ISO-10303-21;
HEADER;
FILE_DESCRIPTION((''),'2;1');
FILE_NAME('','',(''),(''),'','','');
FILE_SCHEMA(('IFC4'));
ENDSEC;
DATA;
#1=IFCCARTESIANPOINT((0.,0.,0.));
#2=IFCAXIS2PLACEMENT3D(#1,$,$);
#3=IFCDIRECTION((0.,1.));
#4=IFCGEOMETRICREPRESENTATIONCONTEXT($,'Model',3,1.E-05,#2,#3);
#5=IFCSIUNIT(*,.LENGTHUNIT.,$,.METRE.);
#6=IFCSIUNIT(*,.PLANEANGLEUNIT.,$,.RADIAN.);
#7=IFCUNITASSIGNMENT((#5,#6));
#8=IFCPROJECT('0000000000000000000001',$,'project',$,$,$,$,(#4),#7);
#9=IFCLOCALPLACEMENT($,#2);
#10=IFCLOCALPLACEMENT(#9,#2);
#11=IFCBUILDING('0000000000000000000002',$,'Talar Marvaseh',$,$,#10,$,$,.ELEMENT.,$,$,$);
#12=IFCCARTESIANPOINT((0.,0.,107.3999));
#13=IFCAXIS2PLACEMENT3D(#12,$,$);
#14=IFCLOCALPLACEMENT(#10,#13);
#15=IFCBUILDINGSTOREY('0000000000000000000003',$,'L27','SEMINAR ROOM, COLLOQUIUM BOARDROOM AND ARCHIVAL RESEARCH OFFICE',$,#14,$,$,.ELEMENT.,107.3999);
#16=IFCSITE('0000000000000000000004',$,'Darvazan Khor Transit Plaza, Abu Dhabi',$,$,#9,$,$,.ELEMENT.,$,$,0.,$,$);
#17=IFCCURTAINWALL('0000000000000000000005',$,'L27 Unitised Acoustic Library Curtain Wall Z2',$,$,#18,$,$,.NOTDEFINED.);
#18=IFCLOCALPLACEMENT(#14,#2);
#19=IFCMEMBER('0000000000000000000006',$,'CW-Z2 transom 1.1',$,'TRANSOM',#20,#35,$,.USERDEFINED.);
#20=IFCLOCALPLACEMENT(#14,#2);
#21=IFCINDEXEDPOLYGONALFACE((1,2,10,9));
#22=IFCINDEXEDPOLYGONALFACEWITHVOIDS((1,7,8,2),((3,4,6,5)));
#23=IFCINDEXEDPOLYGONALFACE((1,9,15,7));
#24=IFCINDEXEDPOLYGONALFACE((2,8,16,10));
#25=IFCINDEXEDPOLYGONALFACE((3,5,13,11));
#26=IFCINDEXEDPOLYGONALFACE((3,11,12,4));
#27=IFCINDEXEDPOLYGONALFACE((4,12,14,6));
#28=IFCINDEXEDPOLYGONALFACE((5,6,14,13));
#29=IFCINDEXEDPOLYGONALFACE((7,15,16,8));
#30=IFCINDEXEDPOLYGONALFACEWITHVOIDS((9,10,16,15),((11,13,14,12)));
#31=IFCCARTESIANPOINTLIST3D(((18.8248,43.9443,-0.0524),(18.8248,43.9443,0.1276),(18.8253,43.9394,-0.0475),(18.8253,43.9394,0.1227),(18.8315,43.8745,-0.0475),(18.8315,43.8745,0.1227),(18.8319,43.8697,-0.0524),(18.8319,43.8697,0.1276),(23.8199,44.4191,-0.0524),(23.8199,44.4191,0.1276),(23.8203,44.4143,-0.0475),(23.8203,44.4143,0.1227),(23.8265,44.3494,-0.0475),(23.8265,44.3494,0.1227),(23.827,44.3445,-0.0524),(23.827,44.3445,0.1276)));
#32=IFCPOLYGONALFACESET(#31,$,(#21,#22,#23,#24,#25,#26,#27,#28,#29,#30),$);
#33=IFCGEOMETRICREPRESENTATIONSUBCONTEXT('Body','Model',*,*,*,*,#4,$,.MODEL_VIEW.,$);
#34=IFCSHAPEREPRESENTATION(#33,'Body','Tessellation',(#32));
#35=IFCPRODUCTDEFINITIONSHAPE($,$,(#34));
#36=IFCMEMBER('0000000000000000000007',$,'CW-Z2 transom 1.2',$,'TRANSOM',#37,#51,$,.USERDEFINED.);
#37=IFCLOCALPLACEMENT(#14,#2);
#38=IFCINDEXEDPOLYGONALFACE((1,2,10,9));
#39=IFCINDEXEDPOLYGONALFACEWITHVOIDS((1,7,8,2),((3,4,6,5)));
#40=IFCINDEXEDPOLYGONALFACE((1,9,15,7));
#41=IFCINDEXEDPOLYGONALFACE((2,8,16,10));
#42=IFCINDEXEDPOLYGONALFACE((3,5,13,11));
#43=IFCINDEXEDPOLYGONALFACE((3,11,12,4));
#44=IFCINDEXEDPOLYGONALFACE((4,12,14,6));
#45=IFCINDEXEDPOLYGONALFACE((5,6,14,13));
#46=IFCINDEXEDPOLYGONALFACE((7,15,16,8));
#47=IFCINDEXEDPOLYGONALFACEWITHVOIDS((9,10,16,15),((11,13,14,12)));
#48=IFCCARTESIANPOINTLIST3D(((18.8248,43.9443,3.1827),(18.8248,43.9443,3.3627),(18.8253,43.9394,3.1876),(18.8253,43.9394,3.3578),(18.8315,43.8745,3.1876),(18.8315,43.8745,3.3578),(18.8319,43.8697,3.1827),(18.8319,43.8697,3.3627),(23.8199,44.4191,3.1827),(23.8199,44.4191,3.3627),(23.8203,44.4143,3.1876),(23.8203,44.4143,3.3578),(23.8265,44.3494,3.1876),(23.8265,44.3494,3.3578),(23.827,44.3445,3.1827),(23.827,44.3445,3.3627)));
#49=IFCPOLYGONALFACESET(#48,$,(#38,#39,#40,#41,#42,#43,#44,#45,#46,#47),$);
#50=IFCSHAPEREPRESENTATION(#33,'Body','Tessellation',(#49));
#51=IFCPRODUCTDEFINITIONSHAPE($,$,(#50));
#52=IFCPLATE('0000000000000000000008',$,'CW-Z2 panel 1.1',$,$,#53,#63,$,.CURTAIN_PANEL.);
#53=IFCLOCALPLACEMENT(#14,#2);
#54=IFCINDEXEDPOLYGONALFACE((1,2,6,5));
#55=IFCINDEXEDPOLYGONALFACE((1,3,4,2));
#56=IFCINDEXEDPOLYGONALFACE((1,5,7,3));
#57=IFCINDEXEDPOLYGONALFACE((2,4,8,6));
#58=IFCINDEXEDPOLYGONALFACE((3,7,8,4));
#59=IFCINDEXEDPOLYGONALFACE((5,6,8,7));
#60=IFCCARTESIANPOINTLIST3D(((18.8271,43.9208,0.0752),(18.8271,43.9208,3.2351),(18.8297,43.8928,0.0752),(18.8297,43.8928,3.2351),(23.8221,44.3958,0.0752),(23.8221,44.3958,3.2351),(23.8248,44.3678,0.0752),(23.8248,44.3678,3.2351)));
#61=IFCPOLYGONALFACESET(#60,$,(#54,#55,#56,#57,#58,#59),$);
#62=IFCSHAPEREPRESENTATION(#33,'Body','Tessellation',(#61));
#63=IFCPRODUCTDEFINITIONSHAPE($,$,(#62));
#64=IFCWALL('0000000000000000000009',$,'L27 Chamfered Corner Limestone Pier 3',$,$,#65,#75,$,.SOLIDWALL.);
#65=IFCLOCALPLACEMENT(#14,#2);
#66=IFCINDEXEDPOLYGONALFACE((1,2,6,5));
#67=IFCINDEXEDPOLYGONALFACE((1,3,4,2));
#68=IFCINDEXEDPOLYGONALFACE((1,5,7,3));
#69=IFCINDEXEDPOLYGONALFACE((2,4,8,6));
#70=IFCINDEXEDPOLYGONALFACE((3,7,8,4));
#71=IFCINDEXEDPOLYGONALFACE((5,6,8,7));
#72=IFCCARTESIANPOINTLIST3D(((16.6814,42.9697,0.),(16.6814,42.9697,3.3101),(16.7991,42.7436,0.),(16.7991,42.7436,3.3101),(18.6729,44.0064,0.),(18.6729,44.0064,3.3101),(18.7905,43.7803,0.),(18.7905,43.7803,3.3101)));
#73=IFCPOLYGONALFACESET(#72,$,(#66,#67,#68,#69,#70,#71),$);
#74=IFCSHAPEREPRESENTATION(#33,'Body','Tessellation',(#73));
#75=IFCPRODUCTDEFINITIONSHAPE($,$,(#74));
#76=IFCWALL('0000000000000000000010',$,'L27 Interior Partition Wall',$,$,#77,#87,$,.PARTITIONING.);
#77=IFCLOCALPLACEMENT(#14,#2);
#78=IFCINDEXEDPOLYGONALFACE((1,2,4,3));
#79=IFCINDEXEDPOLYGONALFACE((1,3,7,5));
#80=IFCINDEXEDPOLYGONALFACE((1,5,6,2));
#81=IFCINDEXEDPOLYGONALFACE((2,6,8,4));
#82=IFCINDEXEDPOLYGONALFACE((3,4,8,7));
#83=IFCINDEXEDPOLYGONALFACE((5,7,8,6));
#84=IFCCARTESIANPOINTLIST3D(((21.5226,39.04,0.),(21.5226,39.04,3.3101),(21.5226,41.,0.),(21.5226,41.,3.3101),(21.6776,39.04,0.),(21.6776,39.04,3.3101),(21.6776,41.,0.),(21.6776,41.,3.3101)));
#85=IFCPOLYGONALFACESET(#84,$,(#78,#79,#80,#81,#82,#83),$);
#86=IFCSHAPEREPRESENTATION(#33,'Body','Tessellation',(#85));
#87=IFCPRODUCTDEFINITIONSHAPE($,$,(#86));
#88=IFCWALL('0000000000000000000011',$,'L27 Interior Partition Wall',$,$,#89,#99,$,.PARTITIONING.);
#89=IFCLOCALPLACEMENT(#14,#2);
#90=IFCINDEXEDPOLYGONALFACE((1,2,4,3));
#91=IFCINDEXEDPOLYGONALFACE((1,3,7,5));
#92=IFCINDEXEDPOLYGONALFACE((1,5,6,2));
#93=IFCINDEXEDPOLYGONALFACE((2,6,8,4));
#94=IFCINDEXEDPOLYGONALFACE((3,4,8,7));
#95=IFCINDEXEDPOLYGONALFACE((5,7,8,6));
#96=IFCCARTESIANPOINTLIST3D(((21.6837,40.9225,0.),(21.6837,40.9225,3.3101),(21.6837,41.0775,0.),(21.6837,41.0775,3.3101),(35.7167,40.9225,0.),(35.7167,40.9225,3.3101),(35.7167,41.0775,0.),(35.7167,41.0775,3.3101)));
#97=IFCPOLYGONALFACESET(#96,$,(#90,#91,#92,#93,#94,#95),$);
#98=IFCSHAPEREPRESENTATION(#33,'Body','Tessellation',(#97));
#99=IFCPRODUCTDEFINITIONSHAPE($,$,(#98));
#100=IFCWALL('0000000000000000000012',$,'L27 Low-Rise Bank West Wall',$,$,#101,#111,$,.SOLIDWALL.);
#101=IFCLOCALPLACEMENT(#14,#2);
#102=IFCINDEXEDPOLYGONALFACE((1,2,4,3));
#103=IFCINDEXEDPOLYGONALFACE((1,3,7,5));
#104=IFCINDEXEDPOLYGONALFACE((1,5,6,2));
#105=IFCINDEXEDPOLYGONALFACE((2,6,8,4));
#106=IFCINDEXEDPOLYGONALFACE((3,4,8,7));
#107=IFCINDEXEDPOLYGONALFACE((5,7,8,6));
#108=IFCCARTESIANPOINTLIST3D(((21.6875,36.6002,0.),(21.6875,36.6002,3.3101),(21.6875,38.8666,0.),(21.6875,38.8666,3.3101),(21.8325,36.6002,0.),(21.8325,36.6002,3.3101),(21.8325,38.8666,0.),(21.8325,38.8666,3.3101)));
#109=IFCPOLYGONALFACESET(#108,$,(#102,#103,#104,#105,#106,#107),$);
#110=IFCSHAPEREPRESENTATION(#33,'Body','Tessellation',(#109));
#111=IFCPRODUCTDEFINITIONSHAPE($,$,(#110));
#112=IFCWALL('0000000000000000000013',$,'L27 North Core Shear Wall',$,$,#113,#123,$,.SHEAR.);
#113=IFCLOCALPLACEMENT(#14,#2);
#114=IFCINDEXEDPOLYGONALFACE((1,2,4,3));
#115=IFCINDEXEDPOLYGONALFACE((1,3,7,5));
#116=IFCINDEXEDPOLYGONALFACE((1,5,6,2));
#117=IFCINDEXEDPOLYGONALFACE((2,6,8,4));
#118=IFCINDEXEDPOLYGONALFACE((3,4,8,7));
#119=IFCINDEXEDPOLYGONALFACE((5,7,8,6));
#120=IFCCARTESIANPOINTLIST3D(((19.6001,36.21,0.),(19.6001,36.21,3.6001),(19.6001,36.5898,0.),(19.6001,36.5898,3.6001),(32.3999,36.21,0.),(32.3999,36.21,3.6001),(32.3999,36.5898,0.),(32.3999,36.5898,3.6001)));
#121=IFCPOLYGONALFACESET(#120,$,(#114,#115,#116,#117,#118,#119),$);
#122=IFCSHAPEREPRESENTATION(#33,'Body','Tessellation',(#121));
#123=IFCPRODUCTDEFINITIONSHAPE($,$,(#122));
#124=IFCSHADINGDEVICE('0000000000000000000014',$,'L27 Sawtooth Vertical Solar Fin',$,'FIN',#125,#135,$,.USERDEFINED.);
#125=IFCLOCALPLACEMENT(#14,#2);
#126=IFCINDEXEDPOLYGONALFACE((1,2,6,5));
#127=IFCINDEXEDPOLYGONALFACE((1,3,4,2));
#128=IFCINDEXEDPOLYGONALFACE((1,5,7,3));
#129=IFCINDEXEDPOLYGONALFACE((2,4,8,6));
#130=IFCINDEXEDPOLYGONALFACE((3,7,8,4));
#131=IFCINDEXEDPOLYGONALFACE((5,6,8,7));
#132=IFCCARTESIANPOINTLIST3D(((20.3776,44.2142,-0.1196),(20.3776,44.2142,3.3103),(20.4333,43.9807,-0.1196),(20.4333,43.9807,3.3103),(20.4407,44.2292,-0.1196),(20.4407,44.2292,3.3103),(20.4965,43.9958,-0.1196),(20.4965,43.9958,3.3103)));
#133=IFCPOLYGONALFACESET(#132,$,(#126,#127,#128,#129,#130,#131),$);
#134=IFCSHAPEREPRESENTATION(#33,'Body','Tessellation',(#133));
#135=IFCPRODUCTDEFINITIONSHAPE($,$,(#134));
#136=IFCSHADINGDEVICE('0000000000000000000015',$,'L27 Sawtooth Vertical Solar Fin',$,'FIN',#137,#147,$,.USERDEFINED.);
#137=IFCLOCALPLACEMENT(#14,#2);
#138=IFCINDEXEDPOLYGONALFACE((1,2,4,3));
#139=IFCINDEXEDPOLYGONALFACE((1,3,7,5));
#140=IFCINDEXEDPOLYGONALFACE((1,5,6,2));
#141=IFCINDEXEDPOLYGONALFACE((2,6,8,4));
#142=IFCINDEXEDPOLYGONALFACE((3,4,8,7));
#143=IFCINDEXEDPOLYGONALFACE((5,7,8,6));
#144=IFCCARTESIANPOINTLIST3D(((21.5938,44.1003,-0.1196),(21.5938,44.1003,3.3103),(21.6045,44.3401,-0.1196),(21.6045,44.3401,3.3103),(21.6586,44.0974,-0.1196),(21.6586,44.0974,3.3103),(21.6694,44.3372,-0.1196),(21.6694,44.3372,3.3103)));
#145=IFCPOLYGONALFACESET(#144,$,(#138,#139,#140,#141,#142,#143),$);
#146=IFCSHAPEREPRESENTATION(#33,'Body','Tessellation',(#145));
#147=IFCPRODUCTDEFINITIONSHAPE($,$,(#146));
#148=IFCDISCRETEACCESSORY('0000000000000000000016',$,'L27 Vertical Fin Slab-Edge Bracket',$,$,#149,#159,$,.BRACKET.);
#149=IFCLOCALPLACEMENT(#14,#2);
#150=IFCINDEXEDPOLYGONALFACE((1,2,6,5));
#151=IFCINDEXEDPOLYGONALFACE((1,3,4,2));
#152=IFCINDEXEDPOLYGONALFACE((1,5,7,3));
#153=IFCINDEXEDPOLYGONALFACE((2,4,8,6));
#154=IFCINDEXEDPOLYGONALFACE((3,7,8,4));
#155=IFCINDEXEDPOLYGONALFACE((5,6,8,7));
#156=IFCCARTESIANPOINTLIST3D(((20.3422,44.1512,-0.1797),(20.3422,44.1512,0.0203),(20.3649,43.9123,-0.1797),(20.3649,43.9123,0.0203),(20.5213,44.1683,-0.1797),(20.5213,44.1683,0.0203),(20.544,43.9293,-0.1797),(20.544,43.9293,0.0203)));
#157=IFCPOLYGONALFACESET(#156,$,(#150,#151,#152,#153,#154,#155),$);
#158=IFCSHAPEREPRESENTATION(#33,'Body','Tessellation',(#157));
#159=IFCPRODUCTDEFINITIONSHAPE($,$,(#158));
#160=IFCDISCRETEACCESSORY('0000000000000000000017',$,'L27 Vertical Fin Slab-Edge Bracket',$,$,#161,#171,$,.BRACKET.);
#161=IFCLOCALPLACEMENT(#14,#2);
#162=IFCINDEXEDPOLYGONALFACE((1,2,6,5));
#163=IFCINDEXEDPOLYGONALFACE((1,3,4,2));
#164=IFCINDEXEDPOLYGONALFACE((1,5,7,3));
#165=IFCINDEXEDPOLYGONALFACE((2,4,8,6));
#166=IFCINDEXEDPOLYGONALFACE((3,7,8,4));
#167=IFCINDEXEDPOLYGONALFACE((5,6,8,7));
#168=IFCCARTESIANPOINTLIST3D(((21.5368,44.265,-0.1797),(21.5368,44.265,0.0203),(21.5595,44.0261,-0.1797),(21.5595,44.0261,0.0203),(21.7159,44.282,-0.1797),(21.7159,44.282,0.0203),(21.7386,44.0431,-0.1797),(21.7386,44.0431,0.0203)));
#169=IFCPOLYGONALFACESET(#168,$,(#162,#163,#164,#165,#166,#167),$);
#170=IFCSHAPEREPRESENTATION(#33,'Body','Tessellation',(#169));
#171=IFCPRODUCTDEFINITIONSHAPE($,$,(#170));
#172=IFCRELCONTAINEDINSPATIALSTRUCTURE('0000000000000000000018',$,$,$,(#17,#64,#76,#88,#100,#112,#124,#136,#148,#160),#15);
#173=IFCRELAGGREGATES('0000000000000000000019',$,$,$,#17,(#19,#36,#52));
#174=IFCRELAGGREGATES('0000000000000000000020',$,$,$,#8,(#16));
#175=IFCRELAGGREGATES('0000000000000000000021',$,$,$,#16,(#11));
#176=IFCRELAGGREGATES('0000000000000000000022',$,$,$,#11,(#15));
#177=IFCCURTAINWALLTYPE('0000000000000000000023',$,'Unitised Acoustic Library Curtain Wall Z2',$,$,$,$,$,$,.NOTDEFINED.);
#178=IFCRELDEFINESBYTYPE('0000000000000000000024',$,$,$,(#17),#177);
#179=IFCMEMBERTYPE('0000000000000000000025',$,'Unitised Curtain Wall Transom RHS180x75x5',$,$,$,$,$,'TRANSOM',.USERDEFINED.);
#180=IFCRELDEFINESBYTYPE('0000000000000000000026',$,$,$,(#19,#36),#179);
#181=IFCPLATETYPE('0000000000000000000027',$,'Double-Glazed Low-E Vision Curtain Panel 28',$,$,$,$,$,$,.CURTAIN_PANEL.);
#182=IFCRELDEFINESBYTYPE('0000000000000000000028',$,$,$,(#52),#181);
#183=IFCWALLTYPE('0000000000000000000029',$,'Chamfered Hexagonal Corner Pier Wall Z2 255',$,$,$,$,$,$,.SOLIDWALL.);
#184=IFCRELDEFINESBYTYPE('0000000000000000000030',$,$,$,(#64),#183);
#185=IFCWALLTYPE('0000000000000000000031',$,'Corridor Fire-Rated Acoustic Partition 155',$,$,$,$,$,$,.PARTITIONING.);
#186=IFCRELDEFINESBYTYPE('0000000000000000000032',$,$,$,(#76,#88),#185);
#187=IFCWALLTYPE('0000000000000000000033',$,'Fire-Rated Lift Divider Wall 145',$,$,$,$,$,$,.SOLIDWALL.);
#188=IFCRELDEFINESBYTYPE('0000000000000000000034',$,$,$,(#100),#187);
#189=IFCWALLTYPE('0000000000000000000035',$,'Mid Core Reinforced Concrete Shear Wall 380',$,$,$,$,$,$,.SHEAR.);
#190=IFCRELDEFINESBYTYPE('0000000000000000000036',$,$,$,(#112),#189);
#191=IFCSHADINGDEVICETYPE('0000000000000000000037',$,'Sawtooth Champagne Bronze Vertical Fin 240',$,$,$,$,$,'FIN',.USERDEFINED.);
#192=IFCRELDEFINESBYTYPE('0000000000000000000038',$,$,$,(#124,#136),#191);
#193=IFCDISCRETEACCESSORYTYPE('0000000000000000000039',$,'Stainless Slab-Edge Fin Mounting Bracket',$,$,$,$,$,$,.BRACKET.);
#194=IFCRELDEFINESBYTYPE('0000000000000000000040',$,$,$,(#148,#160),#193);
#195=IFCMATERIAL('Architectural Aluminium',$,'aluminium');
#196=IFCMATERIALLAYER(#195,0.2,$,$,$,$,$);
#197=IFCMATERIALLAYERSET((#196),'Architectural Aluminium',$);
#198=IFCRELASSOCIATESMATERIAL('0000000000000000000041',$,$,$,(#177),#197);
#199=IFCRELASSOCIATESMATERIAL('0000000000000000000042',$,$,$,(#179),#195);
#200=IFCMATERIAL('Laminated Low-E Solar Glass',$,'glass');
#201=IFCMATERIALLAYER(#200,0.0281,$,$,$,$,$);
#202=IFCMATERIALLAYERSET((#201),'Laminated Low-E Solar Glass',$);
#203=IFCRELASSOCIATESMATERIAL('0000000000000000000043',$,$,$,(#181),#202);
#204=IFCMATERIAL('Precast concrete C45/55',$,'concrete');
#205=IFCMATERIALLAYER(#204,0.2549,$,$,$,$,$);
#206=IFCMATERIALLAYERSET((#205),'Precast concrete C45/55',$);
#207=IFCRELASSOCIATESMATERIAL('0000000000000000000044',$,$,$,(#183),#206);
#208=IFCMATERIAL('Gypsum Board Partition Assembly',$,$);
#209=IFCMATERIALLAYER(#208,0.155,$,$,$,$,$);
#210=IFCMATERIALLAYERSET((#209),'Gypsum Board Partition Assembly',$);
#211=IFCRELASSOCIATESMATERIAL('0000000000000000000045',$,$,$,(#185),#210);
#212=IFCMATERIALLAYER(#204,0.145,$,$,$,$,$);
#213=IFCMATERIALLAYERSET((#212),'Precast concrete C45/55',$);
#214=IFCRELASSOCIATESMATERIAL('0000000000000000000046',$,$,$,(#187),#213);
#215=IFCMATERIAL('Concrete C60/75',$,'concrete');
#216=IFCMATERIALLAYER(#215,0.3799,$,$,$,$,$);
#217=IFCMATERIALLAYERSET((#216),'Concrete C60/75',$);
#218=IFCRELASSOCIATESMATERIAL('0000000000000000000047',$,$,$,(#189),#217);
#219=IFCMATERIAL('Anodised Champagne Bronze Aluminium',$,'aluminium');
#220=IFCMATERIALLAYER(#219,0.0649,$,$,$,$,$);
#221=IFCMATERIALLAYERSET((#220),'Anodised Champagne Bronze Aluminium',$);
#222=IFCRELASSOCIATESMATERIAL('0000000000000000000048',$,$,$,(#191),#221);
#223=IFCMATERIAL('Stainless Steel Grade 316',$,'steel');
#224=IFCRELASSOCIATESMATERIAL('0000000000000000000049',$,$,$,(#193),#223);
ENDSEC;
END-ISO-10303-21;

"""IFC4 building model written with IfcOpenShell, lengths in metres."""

from ifc_helpers import new_model, si_unit, direction, frame, frame_2d, origin, origin_2d, place, context, subcontext, project, spatial, rectangle, hollow_rectangle, extrude, source, transform, mapped, material, layer, layer_set, material_profile, profile_set, type_object, type_shapes, element, aggregate, save


model = new_model("IFC4")

# Units and contexts
model_context = context("Model", 3, precision=1e-05, world=origin(), true_north=direction((0.0, 1.0)))
body_context = subcontext(model_context, "Body", "Model", "MODEL_VIEW")
ifc_project = project(units=[si_unit("LENGTHUNIT", "METRE"), si_unit("PLANEANGLEUNIT", "RADIAN")], contexts=[model_context])

# Site, building, storey
site_placement = place(None, origin())
site = spatial("IfcSite", under=ifc_project, at=site_placement, Name="Darvazan Khor Transit Plaza, Abu Dhabi", CompositionType="ELEMENT", RefElevation=0.0)
building_placement = place(site_placement, origin())
building = spatial("IfcBuilding", under=site, at=building_placement, Name="Talar Marvaseh", CompositionType="ELEMENT")
storey_placement = place(building_placement, frame((0.0, 0.0, 107.3999)))
storey = spatial("IfcBuildingStorey", under=building, at=storey_placement, Name="L27", Description="SEMINAR ROOM, COLLOQUIUM BOARDROOM AND ARCHIVAL RESEARCH OFFICE", CompositionType="ELEMENT", Elevation=107.3999)

# Shared definitions
ifc_material_1 = material(Name="Concrete C60/75", Category="concrete")

# Shared definitions
ifc_material_2 = material(Name="Architectural Aluminium", Category="aluminium")
ifc_layer_1 = layer(ifc_material_2, 0.2)
ifc_layer_set_1 = layer_set([ifc_layer_1], Name="Architectural Aluminium")
curtain_wall_type = type_object("IfcCurtainWallType", Name="Unitised Acoustic Library Curtain Wall Z2", PredefinedType="NOTDEFINED", material=ifc_layer_set_1)

# Curtain wall, members, plate
curtain_wall_1_placement = place(storey_placement, origin())
curtain_wall_1 = element("IfcCurtainWall", 1, at=curtain_wall_1_placement, inside=storey, type_object=curtain_wall_type, Name="L27 Unitised Acoustic Library Curtain Wall Z2", PredefinedType="NOTDEFINED")
ifc_material_profile_1 = material_profile(ifc_material_2, hollow_rectangle(XDim=0.075, YDim=0.1799, WallThickness=0.0049, at=origin_2d()), Name="RHS180x75x5")
ifc_profile_set_1 = profile_set([ifc_material_profile_1], Name="Architectural Aluminium")
member_type_1 = type_object("IfcMemberType", Name="Unitised Curtain Wall Transom RHS180x75x5", ElementType="TRANSOM", PredefinedType="USERDEFINED", material=ifc_profile_set_1)
shared_shape_1 = source(origin(), body_context, "Body", "SweptSolid", [
    extrude(hollow_rectangle(XDim=0.075, YDim=0.1799, WallThickness=0.0049, at=origin_2d()), origin(), (0.0, 0.0, 1.0), 5.0176),
])
type_shapes(member_type_1, [shared_shape_1])
member_1_placement = place(storey_placement, frame((18.8284, 43.907, 0.0376), z_axis=(0.995512, 0.094637, 0.0), x_axis=(-0.094637, 0.995512, 0.0)))
member_1 = element("IfcMember", 2, at=member_1_placement, type_object=member_type_1, Name="CW-Z2 transom 1.1", ObjectType="TRANSOM", PredefinedType="USERDEFINED", context=body_context, shape_type="MappedRepresentation", body=[
    mapped(shared_shape_1, transform((0.0, 0.0, 0.0), x_axis=(1.0, 0.0, 0.0), y_axis=(0.0, 1.0, 0.0), z_axis=(0.0, 0.0, 1.0), scale=1.0)),
])
member_2_placement = place(storey_placement, frame((18.8284, 43.907, 3.2727), z_axis=(0.995512, 0.094637, 0.0), x_axis=(-0.094637, 0.995512, 0.0)))
member_2 = element("IfcMember", 3, at=member_2_placement, type_object=member_type_1, Name="CW-Z2 transom 1.2", ObjectType="TRANSOM", PredefinedType="USERDEFINED", context=body_context, shape_type="MappedRepresentation", body=[
    mapped(shared_shape_1, transform((0.0, 0.0, 0.0), x_axis=(1.0, 0.0, 0.0), y_axis=(0.0, 1.0, 0.0), z_axis=(0.0, 0.0, 1.0), scale=1.0)),
])
ifc_material_3 = material(Name="Laminated Low-E Solar Glass", Category="glass")
ifc_layer_2 = layer(ifc_material_3, 0.0281)
ifc_layer_set_2 = layer_set([ifc_layer_2], Name="Laminated Low-E Solar Glass")
plate_type = type_object("IfcPlateType", Name="Double-Glazed Low-E Vision Curtain Panel 28", PredefinedType="CURTAIN_PANEL", material=ifc_layer_set_2)
shared_shape_2 = source(origin(), body_context, "Body", "SweptSolid", [
    extrude(rectangle(XDim=5.0176, YDim=0.0281, at=origin_2d()), origin(), (0.0, 0.0, 1.0), 3.1599),
])
type_shapes(plate_type, [shared_shape_2])
plate_placement = place(storey_placement, frame((21.3259, 44.1443, 0.0752), z_axis=(0.0, 0.0, 1.0), x_axis=(0.995509, 0.094671, 0.0)))
plate = element("IfcPlate", 4, at=plate_placement, type_object=plate_type, Name="CW-Z2 panel 1.1", PredefinedType="CURTAIN_PANEL", context=body_context, shape_type="MappedRepresentation", body=[
    mapped(shared_shape_2, transform((0.0, 0.0, 0.0), x_axis=(1.0, 0.0, 0.0), y_axis=(0.0, 1.0, 0.0), z_axis=(0.0, 0.0, 1.0), scale=1.0)),
])
aggregate(curtain_wall_1, [member_1, member_2, plate])

# Walls
ifc_material_4 = material(Name="Precast concrete C45/55", Category="concrete")
ifc_layer_3 = layer(ifc_material_4, 0.2549)
ifc_layer_set_3 = layer_set([ifc_layer_3], Name="Precast concrete C45/55")
wall_type_1 = type_object("IfcWallType", Name="Chamfered Hexagonal Corner Pier Wall Z2 255", PredefinedType="SOLIDWALL", material=ifc_layer_set_3)
wall_1_placement = place(storey_placement, frame((16.7402, 42.8567, 0.0), z_axis=(0.0, 0.0, 1.0), x_axis=(0.887023, 0.461726, 0.0)))
element("IfcWall", 5, at=wall_1_placement, inside=storey, type_object=wall_type_1, Name="L27 Chamfered Corner Limestone Pier 3", PredefinedType="SOLIDWALL", context=body_context, shape_type="SweptSolid", body=[
    extrude(rectangle(XDim=2.2451, YDim=0.2549, at=frame_2d((1.1226, 0.0))), origin(), (0.0, 0.0, 1.0), 3.3101),
])
ifc_material_5 = material(Name="Gypsum Board Partition Assembly")
ifc_layer_4 = layer(ifc_material_5, 0.155)
ifc_layer_set_4 = layer_set([ifc_layer_4], Name="Gypsum Board Partition Assembly")
wall_type_2 = type_object("IfcWallType", Name="Corridor Fire-Rated Acoustic Partition 155", PredefinedType="PARTITIONING", material=ifc_layer_set_4)
wall_2_placement = place(storey_placement, frame((21.6001, 39.04, 0.0), z_axis=(0.0, 0.0, 1.0), x_axis=(0.0, 1.0, 0.0)))
element("IfcWall", 6, at=wall_2_placement, inside=storey, type_object=wall_type_2, Name="L27 Interior Partition Wall", PredefinedType="PARTITIONING", context=body_context, shape_type="SweptSolid", body=[
    extrude(rectangle(XDim=1.96, YDim=0.155, at=frame_2d((0.98, 0.0))), origin(), (0.0, 0.0, 1.0), 3.3101),
])
wall_3_placement = place(storey_placement, frame((21.6836, 41.0, 0.0), z_axis=(0.0, 0.0, 1.0), x_axis=(1.0, 0.0, 0.0)))
element("IfcWall", 7, at=wall_3_placement, inside=storey, type_object=wall_type_2, Name="L27 Interior Partition Wall", PredefinedType="PARTITIONING", context=body_context, shape_type="SweptSolid", body=[
    extrude(rectangle(XDim=14.033, YDim=0.155, at=frame_2d((7.0166, 0.0))), origin(), (0.0, 0.0, 1.0), 3.3101),
])
ifc_layer_5 = layer(ifc_material_4, 0.145)
ifc_layer_set_5 = layer_set([ifc_layer_5], Name="Precast concrete C45/55")
wall_type_3 = type_object("IfcWallType", Name="Fire-Rated Lift Divider Wall 145", PredefinedType="SOLIDWALL", material=ifc_layer_set_5)
wall_4_placement = place(storey_placement, frame((21.76, 36.6001, 0.0), z_axis=(0.0, 0.0, 1.0), x_axis=(0.0, 1.0, 0.0)))
element("IfcWall", 8, at=wall_4_placement, inside=storey, type_object=wall_type_3, Name="L27 Low-Rise Bank West Wall", PredefinedType="SOLIDWALL", context=body_context, shape_type="SweptSolid", body=[
    extrude(rectangle(XDim=2.2664, YDim=0.145, at=frame_2d((1.1333, 0.0))), origin(), (0.0, 0.0, 1.0), 3.3101),
])

# Shared definitions
ifc_material_6 = material(Name="Stainless Steel Grade 316", Category="steel")

# Wall
ifc_layer_6 = layer(ifc_material_1, 0.3799)
ifc_layer_set_6 = layer_set([ifc_layer_6], Name="Concrete C60/75")
wall_type_4 = type_object("IfcWallType", Name="Mid Core Reinforced Concrete Shear Wall 380", PredefinedType="SHEAR", material=ifc_layer_set_6)
wall_5_placement = place(storey_placement, frame((19.6001, 36.3999, 0.0), z_axis=(0.0, 0.0, 1.0), x_axis=(1.0, 0.0, 0.0)))
element("IfcWall", 9, at=wall_5_placement, inside=storey, type_object=wall_type_4, Name="L27 North Core Shear Wall", PredefinedType="SHEAR", context=body_context, shape_type="SweptSolid", body=[
    extrude(rectangle(XDim=12.7998, YDim=0.3799, at=frame_2d((6.3999, 0.0))), origin(), (0.0, 0.0, 1.0), 3.6001),
])

# Shading devices
ifc_material_7 = material(Name="Anodised Champagne Bronze Aluminium", Category="aluminium")
ifc_layer_7 = layer(ifc_material_7, 0.0649)
ifc_layer_set_7 = layer_set([ifc_layer_7], Name="Anodised Champagne Bronze Aluminium")
shading_device_type = type_object("IfcShadingDeviceType", Name="Sawtooth Champagne Bronze Vertical Fin 240", ElementType="FIN", PredefinedType="USERDEFINED", material=ifc_layer_set_7)
shared_shape_3 = source(origin(), body_context, "Body", "SweptSolid", [
    extrude(rectangle(XDim=0.24, YDim=0.0649, at=origin_2d()), origin(), (0.0, 0.0, 1.0), 3.4299),
])
type_shapes(shading_device_type, [shared_shape_3])
for number, where, z_axis, x_axis, name in (
    (10, (20.437, 44.105, -0.1196), (0.0, 0.0, 1.0), (-0.232257, 0.972654, 0.0), "L27 Sawtooth Vertical Solar Fin"),
    (11, (21.6316, 44.2188, -0.1196), (0.0, 0.0, 1.0), (0.04484, 0.998994, 0.0), "L27 Sawtooth Vertical Solar Fin"),
):
    element("IfcShadingDevice", number, at=place(storey_placement, frame(where, z_axis=z_axis, x_axis=x_axis)), inside=storey, type_object=shading_device_type, Name=name, ObjectType="FIN", PredefinedType="USERDEFINED", context=body_context, shape_type="MappedRepresentation", body=[
        mapped(shared_shape_3, transform((0.0, 0.0, 0.0), x_axis=(1.0, 0.0, 0.0), y_axis=(0.0, 1.0, 0.0), z_axis=(0.0, 0.0, 1.0), scale=1.0)),
    ])

# Discrete accessories
discrete_accessory_type = type_object("IfcDiscreteAccessoryType", Name="Stainless Slab-Edge Fin Mounting Bracket", PredefinedType="BRACKET", material=ifc_material_6)
shared_shape_4 = source(origin(), body_context, "Body", "SweptSolid", [
    extrude(rectangle(XDim=0.24, YDim=0.1799, at=origin_2d()), origin(), (0.0, 0.0, 1.0), 0.2),
])
type_shapes(discrete_accessory_type, [shared_shape_4])
for number, where, z_axis, x_axis, name in (
    (12, (20.4431, 44.0403, -0.1797), (0.0, 0.0, 1.0), (-0.09463, 0.995513, 0.0), "L27 Vertical Fin Slab-Edge Bracket"),
    (13, (21.6377, 44.1541, -0.1797), (0.0, 0.0, 1.0), (-0.09463, 0.995513, 0.0), "L27 Vertical Fin Slab-Edge Bracket"),
):
    element("IfcDiscreteAccessory", number, at=place(storey_placement, frame(where, z_axis=z_axis, x_axis=x_axis)), inside=storey, type_object=discrete_accessory_type, Name=name, PredefinedType="BRACKET", context=body_context, shape_type="MappedRepresentation", body=[
        mapped(shared_shape_4, transform((0.0, 0.0, 0.0), x_axis=(1.0, 0.0, 0.0), y_axis=(0.0, 1.0, 0.0), z_axis=(0.0, 0.0, 1.0), scale=1.0)),
    ])

save(model, "model.ifc")
